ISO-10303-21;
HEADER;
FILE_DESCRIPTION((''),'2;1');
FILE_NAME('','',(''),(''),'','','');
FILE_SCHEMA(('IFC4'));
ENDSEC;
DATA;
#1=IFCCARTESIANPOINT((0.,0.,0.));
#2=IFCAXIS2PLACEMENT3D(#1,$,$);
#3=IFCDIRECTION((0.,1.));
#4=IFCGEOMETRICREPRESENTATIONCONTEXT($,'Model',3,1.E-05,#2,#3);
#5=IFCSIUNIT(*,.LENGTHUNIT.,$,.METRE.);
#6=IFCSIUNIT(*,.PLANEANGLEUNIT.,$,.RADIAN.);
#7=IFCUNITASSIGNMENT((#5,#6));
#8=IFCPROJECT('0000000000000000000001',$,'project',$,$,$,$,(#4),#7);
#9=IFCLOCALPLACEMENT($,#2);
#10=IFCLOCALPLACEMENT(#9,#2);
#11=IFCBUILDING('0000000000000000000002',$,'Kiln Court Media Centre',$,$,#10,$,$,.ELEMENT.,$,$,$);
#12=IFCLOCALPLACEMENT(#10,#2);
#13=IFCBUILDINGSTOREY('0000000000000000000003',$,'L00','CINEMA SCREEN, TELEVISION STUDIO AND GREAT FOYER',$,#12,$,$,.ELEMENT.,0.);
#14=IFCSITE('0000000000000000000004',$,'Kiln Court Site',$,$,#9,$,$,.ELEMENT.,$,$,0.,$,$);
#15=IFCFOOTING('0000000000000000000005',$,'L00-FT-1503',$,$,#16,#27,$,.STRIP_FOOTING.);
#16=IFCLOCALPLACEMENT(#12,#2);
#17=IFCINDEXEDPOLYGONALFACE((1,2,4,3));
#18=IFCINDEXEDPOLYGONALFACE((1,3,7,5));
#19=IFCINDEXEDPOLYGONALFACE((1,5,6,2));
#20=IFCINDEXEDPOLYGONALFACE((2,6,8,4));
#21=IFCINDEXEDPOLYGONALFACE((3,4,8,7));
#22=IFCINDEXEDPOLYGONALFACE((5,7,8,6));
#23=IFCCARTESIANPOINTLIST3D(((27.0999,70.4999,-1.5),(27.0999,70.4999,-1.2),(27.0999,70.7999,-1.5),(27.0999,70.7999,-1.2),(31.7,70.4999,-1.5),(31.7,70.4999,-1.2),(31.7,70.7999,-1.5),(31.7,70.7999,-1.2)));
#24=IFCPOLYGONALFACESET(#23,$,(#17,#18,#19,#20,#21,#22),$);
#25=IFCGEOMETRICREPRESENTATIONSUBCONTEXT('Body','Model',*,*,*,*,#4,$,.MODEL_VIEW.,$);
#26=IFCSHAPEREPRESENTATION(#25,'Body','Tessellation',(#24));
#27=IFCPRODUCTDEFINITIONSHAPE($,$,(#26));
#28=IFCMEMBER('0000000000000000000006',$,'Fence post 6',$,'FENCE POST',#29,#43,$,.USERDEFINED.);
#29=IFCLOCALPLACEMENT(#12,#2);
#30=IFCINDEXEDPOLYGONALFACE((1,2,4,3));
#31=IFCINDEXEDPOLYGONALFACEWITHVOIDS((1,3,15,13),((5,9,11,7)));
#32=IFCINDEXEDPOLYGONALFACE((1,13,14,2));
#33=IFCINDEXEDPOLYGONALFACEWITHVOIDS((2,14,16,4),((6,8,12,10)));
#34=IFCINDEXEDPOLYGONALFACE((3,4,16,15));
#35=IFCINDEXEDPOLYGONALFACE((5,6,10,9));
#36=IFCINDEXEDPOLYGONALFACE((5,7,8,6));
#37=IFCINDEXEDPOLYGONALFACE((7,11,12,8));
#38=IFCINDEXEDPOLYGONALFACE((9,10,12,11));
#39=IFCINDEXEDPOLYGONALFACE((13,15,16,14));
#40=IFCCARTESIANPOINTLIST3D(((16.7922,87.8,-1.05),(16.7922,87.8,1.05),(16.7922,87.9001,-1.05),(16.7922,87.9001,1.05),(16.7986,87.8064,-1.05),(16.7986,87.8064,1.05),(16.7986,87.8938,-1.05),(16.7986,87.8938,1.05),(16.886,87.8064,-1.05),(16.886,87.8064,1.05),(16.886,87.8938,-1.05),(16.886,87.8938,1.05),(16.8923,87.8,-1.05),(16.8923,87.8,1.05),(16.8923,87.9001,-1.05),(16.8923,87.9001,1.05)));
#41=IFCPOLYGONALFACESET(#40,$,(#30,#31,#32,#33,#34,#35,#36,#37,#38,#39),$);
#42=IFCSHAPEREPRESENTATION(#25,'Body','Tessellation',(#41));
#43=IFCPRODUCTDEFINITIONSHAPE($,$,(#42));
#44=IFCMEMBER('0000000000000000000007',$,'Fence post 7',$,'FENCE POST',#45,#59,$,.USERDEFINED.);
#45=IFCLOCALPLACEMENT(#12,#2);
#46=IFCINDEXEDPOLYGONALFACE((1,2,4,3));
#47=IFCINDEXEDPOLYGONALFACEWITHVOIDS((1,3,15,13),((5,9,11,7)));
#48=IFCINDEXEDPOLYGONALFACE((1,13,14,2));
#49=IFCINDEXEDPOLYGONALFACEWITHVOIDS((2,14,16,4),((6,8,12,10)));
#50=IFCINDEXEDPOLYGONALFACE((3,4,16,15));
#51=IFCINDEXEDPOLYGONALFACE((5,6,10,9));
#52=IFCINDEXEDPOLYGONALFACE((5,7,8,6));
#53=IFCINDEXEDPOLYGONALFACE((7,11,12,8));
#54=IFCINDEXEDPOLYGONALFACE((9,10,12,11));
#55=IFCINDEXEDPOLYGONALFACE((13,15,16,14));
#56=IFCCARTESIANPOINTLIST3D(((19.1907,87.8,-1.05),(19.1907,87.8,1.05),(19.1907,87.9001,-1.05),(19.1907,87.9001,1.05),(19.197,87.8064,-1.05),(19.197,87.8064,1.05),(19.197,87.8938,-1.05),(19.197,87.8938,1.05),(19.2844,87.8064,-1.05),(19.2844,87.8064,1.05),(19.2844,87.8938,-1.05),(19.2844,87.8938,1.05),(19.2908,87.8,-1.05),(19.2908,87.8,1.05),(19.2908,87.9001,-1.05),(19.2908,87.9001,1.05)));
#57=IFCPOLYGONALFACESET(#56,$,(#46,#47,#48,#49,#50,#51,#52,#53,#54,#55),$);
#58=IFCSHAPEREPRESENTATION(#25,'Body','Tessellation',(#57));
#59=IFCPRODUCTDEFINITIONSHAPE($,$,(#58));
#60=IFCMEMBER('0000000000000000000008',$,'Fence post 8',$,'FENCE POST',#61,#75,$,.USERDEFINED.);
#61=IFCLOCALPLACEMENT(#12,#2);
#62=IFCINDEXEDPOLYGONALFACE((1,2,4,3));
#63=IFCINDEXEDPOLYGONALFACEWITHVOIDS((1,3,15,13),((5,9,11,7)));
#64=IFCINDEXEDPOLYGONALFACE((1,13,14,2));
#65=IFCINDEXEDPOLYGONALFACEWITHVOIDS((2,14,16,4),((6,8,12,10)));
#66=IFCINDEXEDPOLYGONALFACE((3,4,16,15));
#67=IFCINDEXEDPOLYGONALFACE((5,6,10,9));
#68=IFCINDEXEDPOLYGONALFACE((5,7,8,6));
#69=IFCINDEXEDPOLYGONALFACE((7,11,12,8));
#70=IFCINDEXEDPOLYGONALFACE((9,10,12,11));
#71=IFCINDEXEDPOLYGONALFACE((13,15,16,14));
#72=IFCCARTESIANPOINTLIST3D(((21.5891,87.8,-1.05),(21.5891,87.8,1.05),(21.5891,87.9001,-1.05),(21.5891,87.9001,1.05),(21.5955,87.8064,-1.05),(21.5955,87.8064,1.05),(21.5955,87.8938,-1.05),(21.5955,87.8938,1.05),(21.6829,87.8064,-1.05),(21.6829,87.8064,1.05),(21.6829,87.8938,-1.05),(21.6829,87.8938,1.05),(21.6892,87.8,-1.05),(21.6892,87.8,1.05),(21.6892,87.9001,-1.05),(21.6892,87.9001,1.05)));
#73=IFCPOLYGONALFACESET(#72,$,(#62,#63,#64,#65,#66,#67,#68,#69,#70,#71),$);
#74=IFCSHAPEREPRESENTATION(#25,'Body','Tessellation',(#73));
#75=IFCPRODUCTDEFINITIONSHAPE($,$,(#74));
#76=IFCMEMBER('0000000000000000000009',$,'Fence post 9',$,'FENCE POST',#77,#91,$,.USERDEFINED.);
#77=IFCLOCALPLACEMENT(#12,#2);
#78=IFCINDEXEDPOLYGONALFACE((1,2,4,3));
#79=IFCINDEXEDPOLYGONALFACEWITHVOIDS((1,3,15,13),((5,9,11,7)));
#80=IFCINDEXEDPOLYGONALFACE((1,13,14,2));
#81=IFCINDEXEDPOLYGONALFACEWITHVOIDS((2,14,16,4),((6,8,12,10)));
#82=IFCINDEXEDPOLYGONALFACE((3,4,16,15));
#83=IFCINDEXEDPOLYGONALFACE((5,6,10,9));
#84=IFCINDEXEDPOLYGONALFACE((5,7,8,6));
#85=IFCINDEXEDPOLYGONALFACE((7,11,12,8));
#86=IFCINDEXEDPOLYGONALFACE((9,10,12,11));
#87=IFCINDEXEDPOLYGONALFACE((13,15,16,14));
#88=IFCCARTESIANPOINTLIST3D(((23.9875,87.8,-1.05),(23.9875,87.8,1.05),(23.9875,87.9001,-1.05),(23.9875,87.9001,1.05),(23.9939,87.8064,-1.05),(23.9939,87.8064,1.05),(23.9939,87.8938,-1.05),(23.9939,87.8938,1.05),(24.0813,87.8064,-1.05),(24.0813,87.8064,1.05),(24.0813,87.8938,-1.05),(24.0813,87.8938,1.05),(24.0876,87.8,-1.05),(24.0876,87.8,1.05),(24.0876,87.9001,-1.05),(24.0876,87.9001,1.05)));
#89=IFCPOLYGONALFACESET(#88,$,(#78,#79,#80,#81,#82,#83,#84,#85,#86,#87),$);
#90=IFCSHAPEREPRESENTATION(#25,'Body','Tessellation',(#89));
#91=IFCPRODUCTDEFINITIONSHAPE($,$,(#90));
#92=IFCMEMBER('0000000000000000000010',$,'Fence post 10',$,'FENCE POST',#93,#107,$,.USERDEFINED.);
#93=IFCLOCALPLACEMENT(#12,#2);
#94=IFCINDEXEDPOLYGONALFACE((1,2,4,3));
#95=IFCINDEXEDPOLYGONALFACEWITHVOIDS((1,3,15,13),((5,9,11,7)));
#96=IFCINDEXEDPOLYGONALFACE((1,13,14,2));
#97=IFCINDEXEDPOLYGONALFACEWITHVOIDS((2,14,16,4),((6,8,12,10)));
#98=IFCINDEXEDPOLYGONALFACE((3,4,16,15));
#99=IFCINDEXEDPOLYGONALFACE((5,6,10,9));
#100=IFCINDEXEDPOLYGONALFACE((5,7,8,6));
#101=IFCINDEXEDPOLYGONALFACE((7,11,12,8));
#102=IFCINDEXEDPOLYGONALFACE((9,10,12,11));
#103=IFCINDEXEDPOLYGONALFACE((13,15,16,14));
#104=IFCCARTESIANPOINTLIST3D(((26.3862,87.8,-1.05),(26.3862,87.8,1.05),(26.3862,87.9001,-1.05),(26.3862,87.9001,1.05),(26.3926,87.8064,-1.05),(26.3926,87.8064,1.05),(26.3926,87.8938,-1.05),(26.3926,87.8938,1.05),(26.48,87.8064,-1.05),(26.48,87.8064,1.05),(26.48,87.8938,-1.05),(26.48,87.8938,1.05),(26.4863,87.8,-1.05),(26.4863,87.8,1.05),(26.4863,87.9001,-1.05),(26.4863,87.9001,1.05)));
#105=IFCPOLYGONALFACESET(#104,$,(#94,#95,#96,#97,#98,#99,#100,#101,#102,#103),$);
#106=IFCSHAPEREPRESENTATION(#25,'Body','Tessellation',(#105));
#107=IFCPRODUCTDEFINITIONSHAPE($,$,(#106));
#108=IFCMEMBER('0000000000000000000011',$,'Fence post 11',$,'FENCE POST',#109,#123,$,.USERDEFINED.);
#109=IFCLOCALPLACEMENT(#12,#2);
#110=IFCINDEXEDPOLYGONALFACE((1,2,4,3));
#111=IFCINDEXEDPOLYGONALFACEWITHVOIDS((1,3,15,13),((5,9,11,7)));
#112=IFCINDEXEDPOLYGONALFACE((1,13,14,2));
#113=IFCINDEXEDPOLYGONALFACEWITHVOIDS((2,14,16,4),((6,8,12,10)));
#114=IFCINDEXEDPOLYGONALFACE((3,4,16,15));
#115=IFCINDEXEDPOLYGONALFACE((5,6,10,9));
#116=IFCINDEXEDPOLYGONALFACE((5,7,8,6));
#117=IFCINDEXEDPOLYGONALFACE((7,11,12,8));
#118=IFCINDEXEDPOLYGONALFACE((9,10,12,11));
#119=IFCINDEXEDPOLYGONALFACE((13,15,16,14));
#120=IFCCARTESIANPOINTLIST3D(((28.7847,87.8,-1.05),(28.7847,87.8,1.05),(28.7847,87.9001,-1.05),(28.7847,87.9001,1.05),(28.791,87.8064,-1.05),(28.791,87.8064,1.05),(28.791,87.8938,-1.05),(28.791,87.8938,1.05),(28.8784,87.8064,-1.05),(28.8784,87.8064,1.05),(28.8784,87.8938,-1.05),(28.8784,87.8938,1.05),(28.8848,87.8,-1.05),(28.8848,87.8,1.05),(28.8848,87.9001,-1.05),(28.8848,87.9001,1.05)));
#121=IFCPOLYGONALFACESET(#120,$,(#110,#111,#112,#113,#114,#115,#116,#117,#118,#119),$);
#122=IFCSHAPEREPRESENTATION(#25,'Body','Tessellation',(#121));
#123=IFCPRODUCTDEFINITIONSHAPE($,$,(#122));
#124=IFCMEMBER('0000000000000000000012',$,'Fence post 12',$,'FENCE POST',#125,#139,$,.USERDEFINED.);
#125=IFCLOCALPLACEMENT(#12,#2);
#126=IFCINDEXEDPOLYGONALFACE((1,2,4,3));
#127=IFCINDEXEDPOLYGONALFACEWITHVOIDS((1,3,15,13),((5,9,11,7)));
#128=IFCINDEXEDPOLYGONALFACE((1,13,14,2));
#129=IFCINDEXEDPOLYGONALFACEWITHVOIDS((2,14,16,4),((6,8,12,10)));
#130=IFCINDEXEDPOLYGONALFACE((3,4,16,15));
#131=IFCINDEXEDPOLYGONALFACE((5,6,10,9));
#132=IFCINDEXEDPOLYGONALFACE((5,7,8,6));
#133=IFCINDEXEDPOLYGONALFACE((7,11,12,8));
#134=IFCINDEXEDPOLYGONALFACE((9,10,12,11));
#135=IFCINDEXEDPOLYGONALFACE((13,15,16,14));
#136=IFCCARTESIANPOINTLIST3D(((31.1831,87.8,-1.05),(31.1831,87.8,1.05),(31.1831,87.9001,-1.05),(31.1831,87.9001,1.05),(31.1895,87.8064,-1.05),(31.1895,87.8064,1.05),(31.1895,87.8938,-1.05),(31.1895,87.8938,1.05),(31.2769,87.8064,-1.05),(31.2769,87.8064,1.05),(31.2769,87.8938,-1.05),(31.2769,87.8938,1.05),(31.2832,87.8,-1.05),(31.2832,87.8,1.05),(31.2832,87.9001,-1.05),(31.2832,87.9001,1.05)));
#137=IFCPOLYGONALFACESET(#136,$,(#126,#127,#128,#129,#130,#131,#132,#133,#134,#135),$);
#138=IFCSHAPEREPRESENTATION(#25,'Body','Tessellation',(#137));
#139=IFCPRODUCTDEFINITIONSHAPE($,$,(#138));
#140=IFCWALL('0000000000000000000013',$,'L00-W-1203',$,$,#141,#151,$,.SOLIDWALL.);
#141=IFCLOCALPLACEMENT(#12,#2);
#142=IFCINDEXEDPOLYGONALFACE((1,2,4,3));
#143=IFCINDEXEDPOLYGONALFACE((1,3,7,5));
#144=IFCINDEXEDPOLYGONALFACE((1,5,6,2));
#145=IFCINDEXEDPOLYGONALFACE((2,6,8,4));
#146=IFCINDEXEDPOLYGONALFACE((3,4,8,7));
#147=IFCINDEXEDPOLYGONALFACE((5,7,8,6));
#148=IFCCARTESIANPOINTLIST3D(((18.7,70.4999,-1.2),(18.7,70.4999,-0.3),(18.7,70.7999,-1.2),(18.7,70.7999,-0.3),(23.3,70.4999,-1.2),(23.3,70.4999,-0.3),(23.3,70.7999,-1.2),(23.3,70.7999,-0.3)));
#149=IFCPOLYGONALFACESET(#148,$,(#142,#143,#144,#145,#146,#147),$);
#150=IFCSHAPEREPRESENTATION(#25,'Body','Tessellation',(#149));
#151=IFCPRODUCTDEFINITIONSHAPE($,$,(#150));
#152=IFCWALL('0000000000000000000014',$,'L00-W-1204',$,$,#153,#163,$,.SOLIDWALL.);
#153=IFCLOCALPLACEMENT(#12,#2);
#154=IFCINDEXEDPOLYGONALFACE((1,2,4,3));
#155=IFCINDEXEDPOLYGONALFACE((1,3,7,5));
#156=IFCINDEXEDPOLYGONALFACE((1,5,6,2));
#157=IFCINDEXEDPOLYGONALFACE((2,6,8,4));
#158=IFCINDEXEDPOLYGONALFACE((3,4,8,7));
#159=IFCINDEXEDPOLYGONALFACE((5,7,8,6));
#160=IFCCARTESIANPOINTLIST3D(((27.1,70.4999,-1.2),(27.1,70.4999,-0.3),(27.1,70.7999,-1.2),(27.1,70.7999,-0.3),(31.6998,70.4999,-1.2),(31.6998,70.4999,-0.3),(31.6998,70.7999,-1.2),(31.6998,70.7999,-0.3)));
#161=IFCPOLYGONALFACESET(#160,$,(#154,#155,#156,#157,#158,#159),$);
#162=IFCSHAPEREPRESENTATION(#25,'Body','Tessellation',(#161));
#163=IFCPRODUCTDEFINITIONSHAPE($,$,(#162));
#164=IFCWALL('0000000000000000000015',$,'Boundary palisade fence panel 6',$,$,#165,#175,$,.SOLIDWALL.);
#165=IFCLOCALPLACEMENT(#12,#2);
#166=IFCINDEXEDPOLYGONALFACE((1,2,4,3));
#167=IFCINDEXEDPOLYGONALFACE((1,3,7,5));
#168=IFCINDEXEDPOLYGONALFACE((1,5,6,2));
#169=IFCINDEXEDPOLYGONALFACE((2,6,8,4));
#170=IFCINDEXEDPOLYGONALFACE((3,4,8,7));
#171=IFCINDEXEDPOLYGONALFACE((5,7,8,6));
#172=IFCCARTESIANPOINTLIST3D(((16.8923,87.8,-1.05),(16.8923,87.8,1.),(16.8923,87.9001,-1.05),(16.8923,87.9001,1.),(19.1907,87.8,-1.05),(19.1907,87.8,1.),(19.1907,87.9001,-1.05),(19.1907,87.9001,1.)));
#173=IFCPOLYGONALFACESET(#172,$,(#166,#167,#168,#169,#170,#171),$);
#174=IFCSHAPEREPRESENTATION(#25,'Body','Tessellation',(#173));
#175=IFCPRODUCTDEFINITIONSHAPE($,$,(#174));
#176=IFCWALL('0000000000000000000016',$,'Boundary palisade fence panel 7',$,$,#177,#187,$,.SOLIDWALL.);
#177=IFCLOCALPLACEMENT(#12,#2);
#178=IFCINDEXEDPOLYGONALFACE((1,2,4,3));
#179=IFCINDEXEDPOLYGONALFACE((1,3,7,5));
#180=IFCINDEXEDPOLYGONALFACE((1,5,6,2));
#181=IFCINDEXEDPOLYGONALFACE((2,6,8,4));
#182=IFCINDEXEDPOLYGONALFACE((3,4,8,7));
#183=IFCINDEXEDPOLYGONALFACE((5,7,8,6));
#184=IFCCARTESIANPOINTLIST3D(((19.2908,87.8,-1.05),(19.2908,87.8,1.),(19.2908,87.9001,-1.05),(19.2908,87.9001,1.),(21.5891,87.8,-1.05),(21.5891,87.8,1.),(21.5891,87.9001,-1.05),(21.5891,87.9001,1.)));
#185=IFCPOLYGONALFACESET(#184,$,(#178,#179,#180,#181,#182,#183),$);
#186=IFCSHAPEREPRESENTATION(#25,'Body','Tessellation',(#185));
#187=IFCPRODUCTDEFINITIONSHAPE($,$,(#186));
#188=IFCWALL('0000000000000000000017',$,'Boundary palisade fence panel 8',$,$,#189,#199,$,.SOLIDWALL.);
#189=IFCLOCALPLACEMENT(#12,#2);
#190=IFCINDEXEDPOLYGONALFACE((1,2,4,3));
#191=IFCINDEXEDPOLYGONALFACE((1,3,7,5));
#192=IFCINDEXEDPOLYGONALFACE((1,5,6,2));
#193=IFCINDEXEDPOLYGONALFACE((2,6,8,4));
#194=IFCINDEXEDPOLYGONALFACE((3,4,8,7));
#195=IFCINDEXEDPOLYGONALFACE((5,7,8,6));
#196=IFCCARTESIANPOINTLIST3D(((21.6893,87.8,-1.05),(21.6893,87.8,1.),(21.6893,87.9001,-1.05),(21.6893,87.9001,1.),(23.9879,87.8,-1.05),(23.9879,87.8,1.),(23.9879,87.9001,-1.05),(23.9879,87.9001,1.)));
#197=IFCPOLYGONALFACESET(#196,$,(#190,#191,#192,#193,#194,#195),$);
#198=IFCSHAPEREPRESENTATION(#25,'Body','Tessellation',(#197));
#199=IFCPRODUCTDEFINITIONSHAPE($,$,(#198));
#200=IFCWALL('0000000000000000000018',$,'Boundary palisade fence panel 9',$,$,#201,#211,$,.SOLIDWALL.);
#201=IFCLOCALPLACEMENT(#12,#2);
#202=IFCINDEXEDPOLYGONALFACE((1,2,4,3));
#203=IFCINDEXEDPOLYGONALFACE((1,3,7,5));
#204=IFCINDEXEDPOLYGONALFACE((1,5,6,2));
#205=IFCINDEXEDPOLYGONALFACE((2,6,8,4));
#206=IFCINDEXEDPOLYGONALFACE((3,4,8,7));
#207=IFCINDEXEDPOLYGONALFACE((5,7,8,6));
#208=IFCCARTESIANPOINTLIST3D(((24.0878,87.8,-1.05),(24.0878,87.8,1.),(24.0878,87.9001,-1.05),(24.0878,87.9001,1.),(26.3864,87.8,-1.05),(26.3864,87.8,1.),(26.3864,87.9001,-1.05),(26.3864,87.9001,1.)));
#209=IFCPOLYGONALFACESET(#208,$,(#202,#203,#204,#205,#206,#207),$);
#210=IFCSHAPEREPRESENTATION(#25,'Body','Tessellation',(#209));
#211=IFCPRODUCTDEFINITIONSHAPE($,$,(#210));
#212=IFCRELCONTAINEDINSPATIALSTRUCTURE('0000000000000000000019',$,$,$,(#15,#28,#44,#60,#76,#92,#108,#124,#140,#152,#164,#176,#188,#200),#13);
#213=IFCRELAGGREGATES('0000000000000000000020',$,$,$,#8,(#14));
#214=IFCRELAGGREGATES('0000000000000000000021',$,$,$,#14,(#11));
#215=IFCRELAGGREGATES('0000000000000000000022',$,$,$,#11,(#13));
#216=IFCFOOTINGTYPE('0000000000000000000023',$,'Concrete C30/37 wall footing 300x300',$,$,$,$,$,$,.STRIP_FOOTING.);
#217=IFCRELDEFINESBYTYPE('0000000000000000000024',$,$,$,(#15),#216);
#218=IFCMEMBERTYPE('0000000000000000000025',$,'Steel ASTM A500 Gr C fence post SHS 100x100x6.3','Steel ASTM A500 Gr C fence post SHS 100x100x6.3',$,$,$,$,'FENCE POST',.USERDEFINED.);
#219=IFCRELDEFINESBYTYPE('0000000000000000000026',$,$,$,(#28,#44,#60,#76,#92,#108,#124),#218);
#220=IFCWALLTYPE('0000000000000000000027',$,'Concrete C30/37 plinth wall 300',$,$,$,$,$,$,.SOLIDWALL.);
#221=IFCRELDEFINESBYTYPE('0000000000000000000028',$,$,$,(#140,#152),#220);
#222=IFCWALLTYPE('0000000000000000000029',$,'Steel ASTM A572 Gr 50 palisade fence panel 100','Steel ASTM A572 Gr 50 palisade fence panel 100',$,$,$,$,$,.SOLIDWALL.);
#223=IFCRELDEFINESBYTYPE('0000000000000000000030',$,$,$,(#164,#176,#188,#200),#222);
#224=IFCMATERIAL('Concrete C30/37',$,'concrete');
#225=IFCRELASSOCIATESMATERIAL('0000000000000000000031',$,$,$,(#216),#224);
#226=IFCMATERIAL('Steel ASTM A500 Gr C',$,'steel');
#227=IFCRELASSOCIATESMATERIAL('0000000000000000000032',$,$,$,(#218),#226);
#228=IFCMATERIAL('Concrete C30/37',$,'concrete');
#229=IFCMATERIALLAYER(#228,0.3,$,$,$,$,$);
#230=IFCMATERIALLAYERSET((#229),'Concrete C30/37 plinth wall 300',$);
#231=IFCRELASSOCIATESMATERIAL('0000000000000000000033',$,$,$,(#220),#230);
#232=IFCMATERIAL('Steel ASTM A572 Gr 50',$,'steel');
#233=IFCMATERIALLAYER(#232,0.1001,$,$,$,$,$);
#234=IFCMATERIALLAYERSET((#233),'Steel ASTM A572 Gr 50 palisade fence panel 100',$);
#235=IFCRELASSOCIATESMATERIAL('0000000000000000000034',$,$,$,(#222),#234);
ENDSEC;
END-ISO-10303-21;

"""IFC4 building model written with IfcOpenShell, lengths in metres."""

from ifc_helpers import new_model, si_unit, direction, frame, frame_2d, origin, origin_2d, place, context, subcontext, project, spatial, rectangle, hollow_rectangle, extrude, material, layer, layer_set, material_profile, profile_set, type_object, element, save


model = new_model("IFC4")

# Units and contexts
model_context = context("Model", 3, precision=1e-05, world=origin(), true_north=direction((0.0, 1.0)))
body_context = subcontext(model_context, "Body", "Model", "MODEL_VIEW")
ifc_project = project(units=[si_unit("LENGTHUNIT", "METRE"), si_unit("PLANEANGLEUNIT", "RADIAN")], contexts=[model_context])

# Site, building, storey
site_placement = place(None, origin())
site = spatial("IfcSite", under=ifc_project, at=site_placement, Name="Kiln Court Site", CompositionType="ELEMENT", RefElevation=0.0)
building_placement = place(site_placement, origin())
building = spatial("IfcBuilding", under=site, at=building_placement, Name="Kiln Court Media Centre", CompositionType="ELEMENT")
storey_placement = place(building_placement, origin())
storey = spatial("IfcBuildingStorey", under=building, at=storey_placement, Name="L00", Description="CINEMA SCREEN, TELEVISION STUDIO AND GREAT FOYER", CompositionType="ELEMENT", Elevation=0.0)

# Footing
ifc_material_1 = material(Name="Concrete C30/37", Category="concrete")
footing_type_1 = type_object("IfcFootingType", Name="Concrete C30/37 wall footing 300x300", PredefinedType="STRIP_FOOTING", material=ifc_material_1)
for number, where, z_axis, x_axis, name in (
    (1, (29.3999, 70.6499, -1.5), (0.0, 0.0, 1.0), (1.0, 0.0, 0.0), "L00-FT-1503"),
):
    element("IfcFooting", number, at=place(storey_placement, frame(where, z_axis=z_axis, x_axis=x_axis)), inside=storey, type_object=footing_type_1, Name=name, PredefinedType="STRIP_FOOTING", context=body_context, shape_type="SweptSolid", body=[
        extrude(rectangle(XDim=4.6001, YDim=0.3, at=origin_2d()), origin(), (0.0, 0.0, 1.0), 0.3),
    ])

# Members
ifc_material_2 = material(Name="Steel ASTM A500 Gr C", Category="steel")
ifc_material_profile_1 = material_profile(ifc_material_2, hollow_rectangle(XDim=0.1001, YDim=0.1001, WallThickness=0.0063, at=origin_2d()), Name="SHS 100x100x6.3")
ifc_profile_set_1 = profile_set([ifc_material_profile_1], Name="Steel ASTM A500 Gr C")
member_type = type_object("IfcMemberType", Name="Steel ASTM A500 Gr C fence post SHS 100x100x6.3", Description="Steel ASTM A500 Gr C fence post SHS 100x100x6.3", ElementType="FENCE POST", PredefinedType="USERDEFINED", material=ifc_profile_set_1)
for number, where, z_axis, x_axis, name in (
    (2, (16.8423, 87.8501, -1.05), (0.0, 0.0, 1.0), (1.0, 0.0, 0.0), "Fence post 6"),
    (3, (19.2407, 87.8501, -1.05), (0.0, 0.0, 1.0), (1.0, 0.0, 0.0), "Fence post 7"),
    (4, (21.6392, 87.8501, -1.05), (0.0, 0.0, 1.0), (1.0, 0.0, 0.0), "Fence post 8"),
    (5, (24.0376, 87.8501, -1.05), (0.0, 0.0, 1.0), (1.0, 0.0, 0.0), "Fence post 9"),
    (6, (26.4363, 87.8501, -1.05), (0.0, 0.0, 1.0), (1.0, 0.0, 0.0), "Fence post 10"),
    (7, (28.8347, 87.8501, -1.05), (0.0, 0.0, 1.0), (1.0, 0.0, 0.0), "Fence post 11"),
    (8, (31.2332, 87.8501, -1.05), (0.0, 0.0, 1.0), (1.0, 0.0, 0.0), "Fence post 12"),
):
    element("IfcMember", number, at=place(storey_placement, frame(where, z_axis=z_axis, x_axis=x_axis)), inside=storey, type_object=member_type, Name=name, ObjectType="FENCE POST", PredefinedType="USERDEFINED", context=body_context, shape_type="SweptSolid", body=[
        extrude(hollow_rectangle(XDim=0.1001, YDim=0.1001, WallThickness=0.0063, at=origin_2d()), origin(), (0.0, 0.0, 1.0), 2.1001),
    ])

# Walls
ifc_material_3 = material(Name="Concrete C30/37", Category="concrete")
ifc_layer_1 = layer(ifc_material_3, 0.3)
ifc_layer_set_1 = layer_set([ifc_layer_1], Name="Concrete C30/37 plinth wall 300")
wall_type_1 = type_object("IfcWallType", Name="Concrete C30/37 plinth wall 300", PredefinedType="SOLIDWALL", material=ifc_layer_set_1)
wall_1_placement = place(storey_placement, frame((18.7, 70.6499, -1.2), z_axis=(0.0, 0.0, 1.0), x_axis=(1.0, 0.0, 0.0)))
element("IfcWall", 9, at=wall_1_placement, inside=storey, type_object=wall_type_1, Name="L00-W-1203", PredefinedType="SOLIDWALL", context=body_context, shape_type="SweptSolid", body=[
    extrude(rectangle(XDim=4.6001, YDim=0.3, at=frame_2d((2.3, 0.0))), origin(), (0.0, 0.0, 1.0), 0.8999),
])
wall_2_placement = place(storey_placement, frame((27.1001, 70.6499, -1.2), z_axis=(0.0, 0.0, 1.0), x_axis=(1.0, 0.0, 0.0)))
element("IfcWall", 10, at=wall_2_placement, inside=storey, type_object=wall_type_1, Name="L00-W-1204", PredefinedType="SOLIDWALL", context=body_context, shape_type="SweptSolid", body=[
    extrude(rectangle(XDim=4.5999, YDim=0.3, at=frame_2d((2.2998, 0.0))), origin(), (0.0, 0.0, 1.0), 0.8999),
])
ifc_material_4 = material(Name="Steel ASTM A572 Gr 50", Category="steel")
ifc_layer_2 = layer(ifc_material_4, 0.1001)
ifc_layer_set_2 = layer_set([ifc_layer_2], Name="Steel ASTM A572 Gr 50 palisade fence panel 100")
wall_type_2 = type_object("IfcWallType", Name="Steel ASTM A572 Gr 50 palisade fence panel 100", Description="Steel ASTM A572 Gr 50 palisade fence panel 100", PredefinedType="SOLIDWALL", material=ifc_layer_set_2)
for number, where, z_axis, x_axis, name in (
    (11, (16.8923, 87.8501, -1.05), (0.0, 0.0, 1.0), (1.0, 0.0, 0.0), "Boundary palisade fence panel 6"),
    (12, (19.2908, 87.8501, -1.05), (0.0, 0.0, 1.0), (1.0, 0.0, 0.0), "Boundary palisade fence panel 7"),
):
    element("IfcWall", number, at=place(storey_placement, frame(where, z_axis=z_axis, x_axis=x_axis)), inside=storey, type_object=wall_type_2, Name=name, PredefinedType="SOLIDWALL", context=body_context, shape_type="SweptSolid", body=[
        extrude(rectangle(XDim=2.2983, YDim=0.1001, at=frame_2d((1.1492, 0.0))), origin(), (0.0, 0.0, 1.0), 2.05),
    ])
for number, where, z_axis, x_axis, name in (
    (13, (21.6892, 87.8501, -1.05), (0.0, 0.0, 1.0), (1.0, 0.0, 0.0), "Boundary palisade fence panel 8"),
    (14, (24.0876, 87.8501, -1.05), (0.0, 0.0, 1.0), (1.0, 0.0, 0.0), "Boundary palisade fence panel 9"),
):
    element("IfcWall", number, at=place(storey_placement, frame(where, z_axis=z_axis, x_axis=x_axis)), inside=storey, type_object=wall_type_2, Name=name, PredefinedType="SOLIDWALL", context=body_context, shape_type="SweptSolid", body=[
        extrude(rectangle(XDim=2.2986, YDim=0.1001, at=frame_2d((1.1494, 0.0))), origin(), (0.0, 0.0, 1.0), 2.05),
    ])

save(model, "model.ifc")
